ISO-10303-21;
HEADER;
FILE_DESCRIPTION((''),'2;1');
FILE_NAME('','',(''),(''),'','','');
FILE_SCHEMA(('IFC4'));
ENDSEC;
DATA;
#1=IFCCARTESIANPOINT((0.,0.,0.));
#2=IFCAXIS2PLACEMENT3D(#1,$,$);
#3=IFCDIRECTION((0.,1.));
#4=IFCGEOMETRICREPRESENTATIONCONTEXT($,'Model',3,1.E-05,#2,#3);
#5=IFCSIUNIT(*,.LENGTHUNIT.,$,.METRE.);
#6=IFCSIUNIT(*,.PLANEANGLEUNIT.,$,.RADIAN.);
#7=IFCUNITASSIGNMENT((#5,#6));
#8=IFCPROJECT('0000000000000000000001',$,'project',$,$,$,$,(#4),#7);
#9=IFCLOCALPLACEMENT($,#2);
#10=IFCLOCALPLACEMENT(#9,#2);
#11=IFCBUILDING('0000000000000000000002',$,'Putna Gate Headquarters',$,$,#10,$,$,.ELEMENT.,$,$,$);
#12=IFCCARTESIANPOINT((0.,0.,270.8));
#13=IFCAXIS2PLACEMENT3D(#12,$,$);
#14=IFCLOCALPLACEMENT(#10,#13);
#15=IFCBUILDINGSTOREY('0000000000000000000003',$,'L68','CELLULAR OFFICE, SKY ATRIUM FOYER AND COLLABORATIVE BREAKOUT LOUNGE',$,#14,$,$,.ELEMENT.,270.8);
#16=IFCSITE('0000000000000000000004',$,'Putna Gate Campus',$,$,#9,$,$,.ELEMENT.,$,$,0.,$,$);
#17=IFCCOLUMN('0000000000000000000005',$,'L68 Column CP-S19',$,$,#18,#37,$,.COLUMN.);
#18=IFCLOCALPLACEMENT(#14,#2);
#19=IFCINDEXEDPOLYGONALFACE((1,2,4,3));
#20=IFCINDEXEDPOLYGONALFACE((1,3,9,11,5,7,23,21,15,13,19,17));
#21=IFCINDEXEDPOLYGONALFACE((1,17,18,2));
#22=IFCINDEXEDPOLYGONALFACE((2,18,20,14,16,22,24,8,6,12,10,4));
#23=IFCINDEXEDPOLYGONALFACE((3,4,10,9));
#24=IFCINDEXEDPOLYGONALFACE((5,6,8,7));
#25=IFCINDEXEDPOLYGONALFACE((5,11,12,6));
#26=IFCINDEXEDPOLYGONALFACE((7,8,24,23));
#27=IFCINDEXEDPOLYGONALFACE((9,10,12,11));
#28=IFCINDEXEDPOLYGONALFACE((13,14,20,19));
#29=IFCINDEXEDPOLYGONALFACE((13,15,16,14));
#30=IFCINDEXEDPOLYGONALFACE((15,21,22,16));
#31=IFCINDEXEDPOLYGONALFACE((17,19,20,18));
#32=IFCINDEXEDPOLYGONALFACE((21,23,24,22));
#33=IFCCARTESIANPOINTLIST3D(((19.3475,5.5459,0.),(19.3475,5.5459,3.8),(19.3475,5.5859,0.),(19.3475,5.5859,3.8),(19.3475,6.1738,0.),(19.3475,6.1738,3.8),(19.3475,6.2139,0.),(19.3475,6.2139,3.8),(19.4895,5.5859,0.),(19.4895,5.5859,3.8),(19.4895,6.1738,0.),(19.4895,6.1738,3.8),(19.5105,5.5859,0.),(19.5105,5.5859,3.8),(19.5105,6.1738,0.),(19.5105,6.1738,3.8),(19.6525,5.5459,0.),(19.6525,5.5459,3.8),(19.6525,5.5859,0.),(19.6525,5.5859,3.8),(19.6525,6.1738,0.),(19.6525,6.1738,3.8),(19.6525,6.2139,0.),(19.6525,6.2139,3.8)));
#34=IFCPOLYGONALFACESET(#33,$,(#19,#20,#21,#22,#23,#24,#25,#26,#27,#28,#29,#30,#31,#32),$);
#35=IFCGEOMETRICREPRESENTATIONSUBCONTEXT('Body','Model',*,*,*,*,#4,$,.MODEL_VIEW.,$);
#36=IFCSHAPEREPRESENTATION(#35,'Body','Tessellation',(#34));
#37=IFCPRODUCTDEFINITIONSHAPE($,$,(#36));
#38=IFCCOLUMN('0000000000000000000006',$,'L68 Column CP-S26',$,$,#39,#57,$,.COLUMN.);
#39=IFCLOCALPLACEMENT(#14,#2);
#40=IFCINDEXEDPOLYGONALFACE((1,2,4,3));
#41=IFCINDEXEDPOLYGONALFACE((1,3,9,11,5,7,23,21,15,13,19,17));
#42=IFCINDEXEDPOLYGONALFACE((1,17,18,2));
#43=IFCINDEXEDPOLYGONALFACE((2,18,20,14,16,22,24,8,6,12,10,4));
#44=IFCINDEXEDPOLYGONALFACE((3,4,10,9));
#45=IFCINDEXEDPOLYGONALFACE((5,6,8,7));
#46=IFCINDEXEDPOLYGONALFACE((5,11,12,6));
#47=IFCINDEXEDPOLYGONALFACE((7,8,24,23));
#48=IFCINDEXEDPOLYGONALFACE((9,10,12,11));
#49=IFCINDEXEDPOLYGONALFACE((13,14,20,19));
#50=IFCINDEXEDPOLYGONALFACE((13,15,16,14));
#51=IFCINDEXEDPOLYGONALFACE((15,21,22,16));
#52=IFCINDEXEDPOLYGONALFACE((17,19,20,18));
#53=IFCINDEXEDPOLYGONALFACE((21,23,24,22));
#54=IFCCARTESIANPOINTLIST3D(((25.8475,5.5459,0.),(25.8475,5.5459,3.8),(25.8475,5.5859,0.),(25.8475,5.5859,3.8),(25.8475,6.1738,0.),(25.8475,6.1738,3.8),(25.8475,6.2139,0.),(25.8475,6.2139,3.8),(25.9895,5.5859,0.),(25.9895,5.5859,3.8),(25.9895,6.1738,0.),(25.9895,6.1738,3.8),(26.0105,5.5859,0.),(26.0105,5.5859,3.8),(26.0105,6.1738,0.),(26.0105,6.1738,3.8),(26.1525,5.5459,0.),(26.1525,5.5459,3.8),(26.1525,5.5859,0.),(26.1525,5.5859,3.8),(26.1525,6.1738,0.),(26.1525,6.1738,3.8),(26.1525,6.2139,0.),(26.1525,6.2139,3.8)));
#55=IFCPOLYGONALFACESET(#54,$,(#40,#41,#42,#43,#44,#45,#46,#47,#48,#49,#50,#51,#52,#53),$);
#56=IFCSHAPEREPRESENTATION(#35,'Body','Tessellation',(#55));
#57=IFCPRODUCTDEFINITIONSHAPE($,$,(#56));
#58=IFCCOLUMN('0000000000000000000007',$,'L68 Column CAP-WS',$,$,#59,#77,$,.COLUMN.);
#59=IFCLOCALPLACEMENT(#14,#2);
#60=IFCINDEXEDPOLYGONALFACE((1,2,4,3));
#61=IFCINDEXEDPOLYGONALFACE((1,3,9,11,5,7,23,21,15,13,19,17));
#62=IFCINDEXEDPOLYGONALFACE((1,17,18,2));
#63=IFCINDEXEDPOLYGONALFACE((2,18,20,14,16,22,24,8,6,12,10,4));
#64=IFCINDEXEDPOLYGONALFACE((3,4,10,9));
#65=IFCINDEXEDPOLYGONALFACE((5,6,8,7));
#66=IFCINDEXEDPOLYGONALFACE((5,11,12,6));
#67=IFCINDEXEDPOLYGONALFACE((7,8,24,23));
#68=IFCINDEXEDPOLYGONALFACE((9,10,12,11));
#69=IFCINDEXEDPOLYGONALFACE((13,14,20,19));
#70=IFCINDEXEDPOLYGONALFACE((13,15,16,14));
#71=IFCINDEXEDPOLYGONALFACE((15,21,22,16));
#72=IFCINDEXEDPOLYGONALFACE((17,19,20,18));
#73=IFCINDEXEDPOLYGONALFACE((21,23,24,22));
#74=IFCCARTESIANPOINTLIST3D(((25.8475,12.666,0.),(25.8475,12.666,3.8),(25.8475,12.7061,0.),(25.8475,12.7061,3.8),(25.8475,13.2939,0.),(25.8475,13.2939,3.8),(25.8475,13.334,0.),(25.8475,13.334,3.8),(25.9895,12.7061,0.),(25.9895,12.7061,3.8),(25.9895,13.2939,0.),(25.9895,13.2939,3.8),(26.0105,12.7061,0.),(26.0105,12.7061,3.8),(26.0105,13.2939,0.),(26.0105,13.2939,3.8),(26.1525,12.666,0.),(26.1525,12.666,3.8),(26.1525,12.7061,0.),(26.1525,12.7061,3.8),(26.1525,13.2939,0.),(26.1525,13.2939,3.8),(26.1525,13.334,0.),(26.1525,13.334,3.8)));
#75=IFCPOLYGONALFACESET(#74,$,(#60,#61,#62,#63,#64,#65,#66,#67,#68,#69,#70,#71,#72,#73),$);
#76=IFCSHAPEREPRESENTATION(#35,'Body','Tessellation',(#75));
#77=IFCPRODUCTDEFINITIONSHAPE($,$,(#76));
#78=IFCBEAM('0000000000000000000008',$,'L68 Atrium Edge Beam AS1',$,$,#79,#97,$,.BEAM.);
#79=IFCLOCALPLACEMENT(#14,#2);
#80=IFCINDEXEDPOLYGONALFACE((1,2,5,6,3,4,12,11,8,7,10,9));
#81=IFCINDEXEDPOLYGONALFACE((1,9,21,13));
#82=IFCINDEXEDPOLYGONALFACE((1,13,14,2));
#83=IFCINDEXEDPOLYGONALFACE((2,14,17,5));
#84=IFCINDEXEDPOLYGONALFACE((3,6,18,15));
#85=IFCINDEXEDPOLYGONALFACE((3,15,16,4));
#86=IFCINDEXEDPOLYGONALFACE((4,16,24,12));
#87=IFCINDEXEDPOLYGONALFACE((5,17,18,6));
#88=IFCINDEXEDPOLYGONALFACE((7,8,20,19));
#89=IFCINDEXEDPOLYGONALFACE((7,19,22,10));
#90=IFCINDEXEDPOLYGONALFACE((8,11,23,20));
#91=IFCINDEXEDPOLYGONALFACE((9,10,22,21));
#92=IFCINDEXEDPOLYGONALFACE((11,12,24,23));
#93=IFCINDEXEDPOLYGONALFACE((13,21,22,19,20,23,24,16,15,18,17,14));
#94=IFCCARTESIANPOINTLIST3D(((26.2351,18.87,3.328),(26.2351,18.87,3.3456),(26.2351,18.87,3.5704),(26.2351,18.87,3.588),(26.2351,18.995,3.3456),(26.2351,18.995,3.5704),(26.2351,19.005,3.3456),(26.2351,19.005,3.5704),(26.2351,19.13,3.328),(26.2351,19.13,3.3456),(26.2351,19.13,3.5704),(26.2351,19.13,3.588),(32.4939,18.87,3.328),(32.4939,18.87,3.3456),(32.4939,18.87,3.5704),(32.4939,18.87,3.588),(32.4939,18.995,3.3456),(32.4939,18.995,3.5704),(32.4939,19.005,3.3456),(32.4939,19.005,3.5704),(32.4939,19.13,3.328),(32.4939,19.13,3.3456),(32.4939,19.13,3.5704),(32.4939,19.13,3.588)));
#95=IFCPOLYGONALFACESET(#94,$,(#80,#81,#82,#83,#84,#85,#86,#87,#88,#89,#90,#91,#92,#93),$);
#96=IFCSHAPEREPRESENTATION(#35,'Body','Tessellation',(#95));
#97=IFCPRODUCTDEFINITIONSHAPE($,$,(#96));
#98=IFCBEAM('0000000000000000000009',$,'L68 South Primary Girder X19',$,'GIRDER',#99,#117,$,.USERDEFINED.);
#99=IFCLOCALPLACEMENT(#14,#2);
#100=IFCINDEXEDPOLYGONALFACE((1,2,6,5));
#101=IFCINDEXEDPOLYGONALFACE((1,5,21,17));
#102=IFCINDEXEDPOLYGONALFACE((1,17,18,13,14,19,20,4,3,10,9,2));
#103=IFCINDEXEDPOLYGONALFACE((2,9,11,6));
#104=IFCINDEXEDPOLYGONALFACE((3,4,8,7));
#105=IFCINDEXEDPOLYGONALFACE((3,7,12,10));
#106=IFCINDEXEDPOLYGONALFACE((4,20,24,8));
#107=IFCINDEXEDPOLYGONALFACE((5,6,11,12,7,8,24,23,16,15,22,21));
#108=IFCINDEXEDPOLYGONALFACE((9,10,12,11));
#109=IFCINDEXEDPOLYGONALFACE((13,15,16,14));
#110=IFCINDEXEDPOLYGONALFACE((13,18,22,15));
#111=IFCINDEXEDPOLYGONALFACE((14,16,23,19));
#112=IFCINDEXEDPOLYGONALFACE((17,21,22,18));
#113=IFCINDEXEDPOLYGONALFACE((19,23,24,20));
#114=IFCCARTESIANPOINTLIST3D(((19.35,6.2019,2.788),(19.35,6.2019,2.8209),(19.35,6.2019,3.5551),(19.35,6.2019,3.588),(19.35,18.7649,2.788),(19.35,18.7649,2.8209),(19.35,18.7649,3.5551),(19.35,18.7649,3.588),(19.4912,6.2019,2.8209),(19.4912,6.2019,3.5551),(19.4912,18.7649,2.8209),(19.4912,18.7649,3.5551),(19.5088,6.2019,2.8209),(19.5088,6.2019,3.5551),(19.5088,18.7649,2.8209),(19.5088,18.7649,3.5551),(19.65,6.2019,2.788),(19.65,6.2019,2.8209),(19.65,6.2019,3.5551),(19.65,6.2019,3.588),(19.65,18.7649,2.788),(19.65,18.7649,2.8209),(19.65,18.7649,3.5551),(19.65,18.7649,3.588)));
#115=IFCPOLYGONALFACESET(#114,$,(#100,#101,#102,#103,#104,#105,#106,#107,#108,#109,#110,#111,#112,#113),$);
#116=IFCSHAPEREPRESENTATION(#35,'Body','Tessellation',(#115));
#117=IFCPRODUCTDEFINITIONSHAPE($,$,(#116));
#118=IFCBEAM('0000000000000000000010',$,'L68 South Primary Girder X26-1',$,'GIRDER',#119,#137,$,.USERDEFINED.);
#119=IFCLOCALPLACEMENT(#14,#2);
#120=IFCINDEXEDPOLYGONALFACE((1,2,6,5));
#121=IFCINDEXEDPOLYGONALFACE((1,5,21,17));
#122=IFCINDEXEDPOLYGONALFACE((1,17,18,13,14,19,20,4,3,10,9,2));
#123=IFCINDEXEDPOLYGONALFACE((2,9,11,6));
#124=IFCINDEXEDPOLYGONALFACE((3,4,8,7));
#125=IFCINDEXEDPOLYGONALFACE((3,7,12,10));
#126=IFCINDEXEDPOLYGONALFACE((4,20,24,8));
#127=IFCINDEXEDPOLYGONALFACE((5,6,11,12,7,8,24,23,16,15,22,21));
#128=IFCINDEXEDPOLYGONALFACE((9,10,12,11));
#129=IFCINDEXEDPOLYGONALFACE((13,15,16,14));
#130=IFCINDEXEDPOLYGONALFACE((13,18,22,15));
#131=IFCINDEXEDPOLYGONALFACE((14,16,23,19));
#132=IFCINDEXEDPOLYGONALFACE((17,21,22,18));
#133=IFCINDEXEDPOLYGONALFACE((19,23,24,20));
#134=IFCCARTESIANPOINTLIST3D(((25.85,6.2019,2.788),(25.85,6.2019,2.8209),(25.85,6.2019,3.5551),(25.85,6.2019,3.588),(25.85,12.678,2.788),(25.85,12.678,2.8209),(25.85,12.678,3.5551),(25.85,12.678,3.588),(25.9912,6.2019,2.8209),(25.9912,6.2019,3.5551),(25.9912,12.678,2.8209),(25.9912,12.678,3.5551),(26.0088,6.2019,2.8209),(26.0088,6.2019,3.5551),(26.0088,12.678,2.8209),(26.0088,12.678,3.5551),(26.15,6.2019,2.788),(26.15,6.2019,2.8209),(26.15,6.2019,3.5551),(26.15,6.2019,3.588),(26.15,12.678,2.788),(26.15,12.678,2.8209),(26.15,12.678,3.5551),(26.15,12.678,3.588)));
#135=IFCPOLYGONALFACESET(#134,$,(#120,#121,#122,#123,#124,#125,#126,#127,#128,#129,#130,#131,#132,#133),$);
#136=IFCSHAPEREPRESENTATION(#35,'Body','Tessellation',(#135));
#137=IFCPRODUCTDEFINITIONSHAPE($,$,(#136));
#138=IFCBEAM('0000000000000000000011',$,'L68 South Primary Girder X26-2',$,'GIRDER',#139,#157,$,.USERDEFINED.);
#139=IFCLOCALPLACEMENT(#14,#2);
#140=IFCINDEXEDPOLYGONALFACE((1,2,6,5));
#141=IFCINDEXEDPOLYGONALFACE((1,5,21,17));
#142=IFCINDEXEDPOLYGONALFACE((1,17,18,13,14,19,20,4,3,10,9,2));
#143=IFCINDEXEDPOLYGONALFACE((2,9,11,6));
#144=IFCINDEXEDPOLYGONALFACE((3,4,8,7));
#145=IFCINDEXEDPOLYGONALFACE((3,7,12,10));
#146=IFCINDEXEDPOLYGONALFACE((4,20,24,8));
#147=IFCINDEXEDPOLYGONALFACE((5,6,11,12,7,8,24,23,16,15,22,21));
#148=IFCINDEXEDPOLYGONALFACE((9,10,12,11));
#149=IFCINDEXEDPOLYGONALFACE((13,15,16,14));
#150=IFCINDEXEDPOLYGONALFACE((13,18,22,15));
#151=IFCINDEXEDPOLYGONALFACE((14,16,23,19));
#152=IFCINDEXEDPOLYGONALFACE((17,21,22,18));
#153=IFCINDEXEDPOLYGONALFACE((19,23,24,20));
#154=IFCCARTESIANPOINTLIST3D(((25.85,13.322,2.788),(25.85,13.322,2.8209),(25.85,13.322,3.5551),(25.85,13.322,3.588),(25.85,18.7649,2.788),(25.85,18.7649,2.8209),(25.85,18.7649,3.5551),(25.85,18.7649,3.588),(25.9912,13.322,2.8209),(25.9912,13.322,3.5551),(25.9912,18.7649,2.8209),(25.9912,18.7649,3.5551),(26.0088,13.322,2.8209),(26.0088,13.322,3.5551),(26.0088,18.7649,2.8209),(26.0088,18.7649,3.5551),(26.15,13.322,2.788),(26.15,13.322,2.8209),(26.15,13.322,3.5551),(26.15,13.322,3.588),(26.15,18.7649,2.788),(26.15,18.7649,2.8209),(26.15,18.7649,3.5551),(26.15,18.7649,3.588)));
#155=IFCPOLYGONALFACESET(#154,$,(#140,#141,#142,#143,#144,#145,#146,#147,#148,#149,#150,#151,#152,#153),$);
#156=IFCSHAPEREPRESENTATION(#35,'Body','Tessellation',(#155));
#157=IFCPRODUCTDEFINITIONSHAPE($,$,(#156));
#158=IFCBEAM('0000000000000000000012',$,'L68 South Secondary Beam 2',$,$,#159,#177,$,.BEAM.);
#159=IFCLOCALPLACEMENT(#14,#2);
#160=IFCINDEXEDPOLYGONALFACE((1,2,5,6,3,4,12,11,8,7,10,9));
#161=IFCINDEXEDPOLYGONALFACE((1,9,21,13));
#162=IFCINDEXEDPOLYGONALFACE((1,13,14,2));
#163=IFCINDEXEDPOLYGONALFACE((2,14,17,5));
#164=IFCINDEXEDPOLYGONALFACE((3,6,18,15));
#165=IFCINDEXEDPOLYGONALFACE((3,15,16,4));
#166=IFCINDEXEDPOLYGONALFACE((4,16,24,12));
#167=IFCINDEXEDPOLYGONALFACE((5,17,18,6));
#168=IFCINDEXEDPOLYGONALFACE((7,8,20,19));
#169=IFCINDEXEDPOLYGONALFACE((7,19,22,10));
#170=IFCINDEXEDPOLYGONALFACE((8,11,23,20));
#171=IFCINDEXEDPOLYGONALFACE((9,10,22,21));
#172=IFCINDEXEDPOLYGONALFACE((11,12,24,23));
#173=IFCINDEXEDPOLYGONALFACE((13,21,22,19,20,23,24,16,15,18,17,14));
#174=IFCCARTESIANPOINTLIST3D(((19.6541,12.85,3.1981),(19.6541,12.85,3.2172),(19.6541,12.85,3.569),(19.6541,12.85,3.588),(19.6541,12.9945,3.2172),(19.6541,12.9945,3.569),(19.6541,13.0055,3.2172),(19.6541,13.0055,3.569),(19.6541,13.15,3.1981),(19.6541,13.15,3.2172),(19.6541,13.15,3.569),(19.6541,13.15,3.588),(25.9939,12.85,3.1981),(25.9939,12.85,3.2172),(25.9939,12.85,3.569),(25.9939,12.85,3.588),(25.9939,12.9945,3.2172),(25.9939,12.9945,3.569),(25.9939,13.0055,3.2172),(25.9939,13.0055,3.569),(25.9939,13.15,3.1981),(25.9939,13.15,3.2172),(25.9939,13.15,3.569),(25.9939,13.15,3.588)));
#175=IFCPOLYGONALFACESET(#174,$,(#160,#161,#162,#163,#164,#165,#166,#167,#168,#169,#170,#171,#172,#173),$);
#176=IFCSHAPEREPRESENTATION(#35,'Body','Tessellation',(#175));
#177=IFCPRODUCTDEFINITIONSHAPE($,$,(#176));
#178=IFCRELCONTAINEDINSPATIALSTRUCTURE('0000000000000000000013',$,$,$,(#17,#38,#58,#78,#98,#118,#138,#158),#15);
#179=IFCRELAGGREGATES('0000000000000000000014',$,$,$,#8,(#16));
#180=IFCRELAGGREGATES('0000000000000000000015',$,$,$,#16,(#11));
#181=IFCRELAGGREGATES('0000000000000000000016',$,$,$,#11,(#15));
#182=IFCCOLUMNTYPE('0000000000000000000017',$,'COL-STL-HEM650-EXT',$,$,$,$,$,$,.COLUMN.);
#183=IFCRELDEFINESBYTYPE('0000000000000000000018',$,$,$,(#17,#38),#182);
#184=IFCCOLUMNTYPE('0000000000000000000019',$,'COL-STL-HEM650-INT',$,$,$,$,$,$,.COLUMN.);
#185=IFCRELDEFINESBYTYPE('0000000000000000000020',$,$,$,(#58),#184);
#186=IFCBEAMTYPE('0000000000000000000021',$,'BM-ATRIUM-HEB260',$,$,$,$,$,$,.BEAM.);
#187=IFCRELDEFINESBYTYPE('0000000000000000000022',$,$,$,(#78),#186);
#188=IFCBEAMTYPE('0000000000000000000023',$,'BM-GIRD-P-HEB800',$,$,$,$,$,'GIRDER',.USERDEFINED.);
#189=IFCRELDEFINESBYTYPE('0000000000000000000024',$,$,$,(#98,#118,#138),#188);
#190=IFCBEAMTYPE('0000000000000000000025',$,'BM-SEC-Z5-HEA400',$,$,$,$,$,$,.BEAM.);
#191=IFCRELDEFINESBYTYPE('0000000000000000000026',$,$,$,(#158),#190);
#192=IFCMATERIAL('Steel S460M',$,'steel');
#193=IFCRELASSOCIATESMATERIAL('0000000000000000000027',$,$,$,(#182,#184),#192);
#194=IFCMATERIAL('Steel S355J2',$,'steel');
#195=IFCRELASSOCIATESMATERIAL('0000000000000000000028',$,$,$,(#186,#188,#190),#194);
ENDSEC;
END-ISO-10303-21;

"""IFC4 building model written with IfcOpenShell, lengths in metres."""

from ifc_helpers import new_model, si_unit, direction, frame, origin, origin_2d, place, context, subcontext, project, spatial, i_section, extrude, material, material_profile, profile_set, type_object, element, save


model = new_model("IFC4")

# Units and contexts
model_context = context("Model", 3, precision=1e-05, world=origin(), true_north=direction((0.0, 1.0)))
body_context = subcontext(model_context, "Body", "Model", "MODEL_VIEW")
ifc_project = project(units=[si_unit("LENGTHUNIT", "METRE"), si_unit("PLANEANGLEUNIT", "RADIAN")], contexts=[model_context])

# Site, building, storey
site_placement = place(None, origin())
site = spatial("IfcSite", under=ifc_project, at=site_placement, Name="Putna Gate Campus", CompositionType="ELEMENT", RefElevation=0.0)
building_placement = place(site_placement, origin())
building = spatial("IfcBuilding", under=site, at=building_placement, Name="Putna Gate Headquarters", CompositionType="ELEMENT")
storey_placement = place(building_placement, frame((0.0, 0.0, 270.8)))
storey = spatial("IfcBuildingStorey", under=building, at=storey_placement, Name="L68", Description="CELLULAR OFFICE, SKY ATRIUM FOYER AND COLLABORATIVE BREAKOUT LOUNGE", CompositionType="ELEMENT", Elevation=270.8)

# Columns
ifc_material_1 = material(Name="Steel S460M", Category="steel")
ifc_material_profile_1 = material_profile(ifc_material_1, i_section(OverallWidth=0.3049, OverallDepth=0.668, WebThickness=0.021, FlangeThickness=0.04, at=origin_2d()), Name="Steel S460M")
ifc_profile_set_1 = profile_set([ifc_material_profile_1], Name="Steel S460M")
column_type_1 = type_object("IfcColumnType", Name="COL-STL-HEM650-EXT", PredefinedType="COLUMN", material=ifc_profile_set_1)
for number, where, z_axis, x_axis, name in (
    (1, (19.5, 5.8799, 0.0), (0.0, 0.0, 1.0), (1.0, 0.0, 0.0), "L68 Column CP-S19"),
    (2, (26.0, 5.8799, 0.0), (0.0, 0.0, 1.0), (1.0, 0.0, 0.0), "L68 Column CP-S26"),
):
    element("IfcColumn", number, at=place(storey_placement, frame(where, z_axis=z_axis, x_axis=x_axis)), inside=storey, type_object=column_type_1, Name=name, PredefinedType="COLUMN", context=body_context, shape_type="SweptSolid", body=[
        extrude(i_section(OverallWidth=0.3049, OverallDepth=0.668, WebThickness=0.021, FlangeThickness=0.04, at=origin_2d()), origin(), (0.0, 0.0, 1.0), 3.8),
    ])
ifc_material_profile_2 = material_profile(ifc_material_1, i_section(OverallWidth=0.3049, OverallDepth=0.668, WebThickness=0.021, FlangeThickness=0.04, at=origin_2d()), Name="Steel S460M")
ifc_profile_set_2 = profile_set([ifc_material_profile_2], Name="Steel S460M")
column_type_2 = type_object("IfcColumnType", Name="COL-STL-HEM650-INT", PredefinedType="COLUMN", material=ifc_profile_set_2)
column_placement = place(storey_placement, frame((26.0, 13.0, 0.0), z_axis=(0.0, 0.0, 1.0), x_axis=(1.0, 0.0, 0.0)))
element("IfcColumn", 3, at=column_placement, inside=storey, type_object=column_type_2, Name="L68 Column CAP-WS", PredefinedType="COLUMN", context=body_context, shape_type="SweptSolid", body=[
    extrude(i_section(OverallWidth=0.3049, OverallDepth=0.668, WebThickness=0.021, FlangeThickness=0.04, at=origin_2d()), origin(), (0.0, 0.0, 1.0), 3.8),
])

# Beams
ifc_material_2 = material(Name="Steel S355J2", Category="steel")
ifc_material_profile_3 = material_profile(ifc_material_2, i_section(OverallWidth=0.26, OverallDepth=0.26, WebThickness=0.01, FlangeThickness=0.0176, at=origin_2d()), Name="Steel S355J2")
ifc_profile_set_3 = profile_set([ifc_material_profile_3], Name="Steel S355J2")
beam_type_1 = type_object("IfcBeamType", Name="BM-ATRIUM-HEB260", PredefinedType="BEAM", material=ifc_profile_set_3)
beam_1_placement = place(storey_placement, frame((26.2351, 19.0, 3.458), z_axis=(1.0, 0.0, 0.0), x_axis=(0.0, 1.0, 0.0)))
element("IfcBeam", 4, at=beam_1_placement, inside=storey, type_object=beam_type_1, Name="L68 Atrium Edge Beam AS1", PredefinedType="BEAM", context=body_context, shape_type="SweptSolid", body=[
    extrude(i_section(OverallWidth=0.26, OverallDepth=0.26, WebThickness=0.01, FlangeThickness=0.0176, at=origin_2d()), origin(), (0.0, 0.0, 1.0), 6.2588),
])
ifc_material_profile_4 = material_profile(ifc_material_2, i_section(OverallWidth=0.3, OverallDepth=0.8, WebThickness=0.0176, FlangeThickness=0.033, at=origin_2d()), Name="Steel S355J2")
ifc_profile_set_4 = profile_set([ifc_material_profile_4], Name="Steel S355J2")
beam_type_2 = type_object("IfcBeamType", Name="BM-GIRD-P-HEB800", ElementType="GIRDER", PredefinedType="USERDEFINED", material=ifc_profile_set_4)
beam_2_placement = place(storey_placement, frame((19.5, 6.2019, 3.188), z_axis=(0.0, 1.0, 0.0), x_axis=(-1.0, 0.0, 0.0)))
element("IfcBeam", 5, at=beam_2_placement, inside=storey, type_object=beam_type_2, Name="L68 South Primary Girder X19", ObjectType="GIRDER", PredefinedType="USERDEFINED", context=body_context, shape_type="SweptSolid", body=[
    extrude(i_section(OverallWidth=0.3, OverallDepth=0.8, WebThickness=0.0176, FlangeThickness=0.033, at=origin_2d()), origin(), (0.0, 0.0, 1.0), 12.563),
])
beam_3_placement = place(storey_placement, frame((26.0, 6.2019, 3.188), z_axis=(0.0, 1.0, 0.0), x_axis=(-1.0, 0.0, 0.0)))
element("IfcBeam", 6, at=beam_3_placement, inside=storey, type_object=beam_type_2, Name="L68 South Primary Girder X26-1", ObjectType="GIRDER", PredefinedType="USERDEFINED", context=body_context, shape_type="SweptSolid", body=[
    extrude(i_section(OverallWidth=0.3, OverallDepth=0.8, WebThickness=0.0176, FlangeThickness=0.033, at=origin_2d()), origin(), (0.0, 0.0, 1.0), 6.4761),
])
beam_4_placement = place(storey_placement, frame((26.0, 13.322, 3.188), z_axis=(0.0, 1.0, 0.0), x_axis=(-1.0, 0.0, 0.0)))
element("IfcBeam", 7, at=beam_4_placement, inside=storey, type_object=beam_type_2, Name="L68 South Primary Girder X26-2", ObjectType="GIRDER", PredefinedType="USERDEFINED", context=body_context, shape_type="SweptSolid", body=[
    extrude(i_section(OverallWidth=0.3, OverallDepth=0.8, WebThickness=0.0176, FlangeThickness=0.033, at=origin_2d()), origin(), (0.0, 0.0, 1.0), 5.4429),
])
ifc_material_profile_5 = material_profile(ifc_material_2, i_section(OverallWidth=0.3, OverallDepth=0.3899, WebThickness=0.011, FlangeThickness=0.019, at=origin_2d()), Name="Steel S355J2")
ifc_profile_set_5 = profile_set([ifc_material_profile_5], Name="Steel S355J2")
beam_type_3 = type_object("IfcBeamType", Name="BM-SEC-Z5-HEA400", PredefinedType="BEAM", material=ifc_profile_set_5)
for number, where, z_axis, x_axis, name in (
    (8, (19.6541, 13.0, 3.3931), (1.0, 0.0, 0.0), (0.0, 1.0, 0.0), "L68 South Secondary Beam 2"),
):
    element("IfcBeam", number, at=place(storey_placement, frame(where, z_axis=z_axis, x_axis=x_axis)), inside=storey, type_object=beam_type_3, Name=name, PredefinedType="BEAM", context=body_context, shape_type="SweptSolid", body=[
        extrude(i_section(OverallWidth=0.3, OverallDepth=0.3899, WebThickness=0.011, FlangeThickness=0.019, at=origin_2d()), origin(), (0.0, 0.0, 1.0), 6.3398),
    ])

save(model, "model.ifc")
